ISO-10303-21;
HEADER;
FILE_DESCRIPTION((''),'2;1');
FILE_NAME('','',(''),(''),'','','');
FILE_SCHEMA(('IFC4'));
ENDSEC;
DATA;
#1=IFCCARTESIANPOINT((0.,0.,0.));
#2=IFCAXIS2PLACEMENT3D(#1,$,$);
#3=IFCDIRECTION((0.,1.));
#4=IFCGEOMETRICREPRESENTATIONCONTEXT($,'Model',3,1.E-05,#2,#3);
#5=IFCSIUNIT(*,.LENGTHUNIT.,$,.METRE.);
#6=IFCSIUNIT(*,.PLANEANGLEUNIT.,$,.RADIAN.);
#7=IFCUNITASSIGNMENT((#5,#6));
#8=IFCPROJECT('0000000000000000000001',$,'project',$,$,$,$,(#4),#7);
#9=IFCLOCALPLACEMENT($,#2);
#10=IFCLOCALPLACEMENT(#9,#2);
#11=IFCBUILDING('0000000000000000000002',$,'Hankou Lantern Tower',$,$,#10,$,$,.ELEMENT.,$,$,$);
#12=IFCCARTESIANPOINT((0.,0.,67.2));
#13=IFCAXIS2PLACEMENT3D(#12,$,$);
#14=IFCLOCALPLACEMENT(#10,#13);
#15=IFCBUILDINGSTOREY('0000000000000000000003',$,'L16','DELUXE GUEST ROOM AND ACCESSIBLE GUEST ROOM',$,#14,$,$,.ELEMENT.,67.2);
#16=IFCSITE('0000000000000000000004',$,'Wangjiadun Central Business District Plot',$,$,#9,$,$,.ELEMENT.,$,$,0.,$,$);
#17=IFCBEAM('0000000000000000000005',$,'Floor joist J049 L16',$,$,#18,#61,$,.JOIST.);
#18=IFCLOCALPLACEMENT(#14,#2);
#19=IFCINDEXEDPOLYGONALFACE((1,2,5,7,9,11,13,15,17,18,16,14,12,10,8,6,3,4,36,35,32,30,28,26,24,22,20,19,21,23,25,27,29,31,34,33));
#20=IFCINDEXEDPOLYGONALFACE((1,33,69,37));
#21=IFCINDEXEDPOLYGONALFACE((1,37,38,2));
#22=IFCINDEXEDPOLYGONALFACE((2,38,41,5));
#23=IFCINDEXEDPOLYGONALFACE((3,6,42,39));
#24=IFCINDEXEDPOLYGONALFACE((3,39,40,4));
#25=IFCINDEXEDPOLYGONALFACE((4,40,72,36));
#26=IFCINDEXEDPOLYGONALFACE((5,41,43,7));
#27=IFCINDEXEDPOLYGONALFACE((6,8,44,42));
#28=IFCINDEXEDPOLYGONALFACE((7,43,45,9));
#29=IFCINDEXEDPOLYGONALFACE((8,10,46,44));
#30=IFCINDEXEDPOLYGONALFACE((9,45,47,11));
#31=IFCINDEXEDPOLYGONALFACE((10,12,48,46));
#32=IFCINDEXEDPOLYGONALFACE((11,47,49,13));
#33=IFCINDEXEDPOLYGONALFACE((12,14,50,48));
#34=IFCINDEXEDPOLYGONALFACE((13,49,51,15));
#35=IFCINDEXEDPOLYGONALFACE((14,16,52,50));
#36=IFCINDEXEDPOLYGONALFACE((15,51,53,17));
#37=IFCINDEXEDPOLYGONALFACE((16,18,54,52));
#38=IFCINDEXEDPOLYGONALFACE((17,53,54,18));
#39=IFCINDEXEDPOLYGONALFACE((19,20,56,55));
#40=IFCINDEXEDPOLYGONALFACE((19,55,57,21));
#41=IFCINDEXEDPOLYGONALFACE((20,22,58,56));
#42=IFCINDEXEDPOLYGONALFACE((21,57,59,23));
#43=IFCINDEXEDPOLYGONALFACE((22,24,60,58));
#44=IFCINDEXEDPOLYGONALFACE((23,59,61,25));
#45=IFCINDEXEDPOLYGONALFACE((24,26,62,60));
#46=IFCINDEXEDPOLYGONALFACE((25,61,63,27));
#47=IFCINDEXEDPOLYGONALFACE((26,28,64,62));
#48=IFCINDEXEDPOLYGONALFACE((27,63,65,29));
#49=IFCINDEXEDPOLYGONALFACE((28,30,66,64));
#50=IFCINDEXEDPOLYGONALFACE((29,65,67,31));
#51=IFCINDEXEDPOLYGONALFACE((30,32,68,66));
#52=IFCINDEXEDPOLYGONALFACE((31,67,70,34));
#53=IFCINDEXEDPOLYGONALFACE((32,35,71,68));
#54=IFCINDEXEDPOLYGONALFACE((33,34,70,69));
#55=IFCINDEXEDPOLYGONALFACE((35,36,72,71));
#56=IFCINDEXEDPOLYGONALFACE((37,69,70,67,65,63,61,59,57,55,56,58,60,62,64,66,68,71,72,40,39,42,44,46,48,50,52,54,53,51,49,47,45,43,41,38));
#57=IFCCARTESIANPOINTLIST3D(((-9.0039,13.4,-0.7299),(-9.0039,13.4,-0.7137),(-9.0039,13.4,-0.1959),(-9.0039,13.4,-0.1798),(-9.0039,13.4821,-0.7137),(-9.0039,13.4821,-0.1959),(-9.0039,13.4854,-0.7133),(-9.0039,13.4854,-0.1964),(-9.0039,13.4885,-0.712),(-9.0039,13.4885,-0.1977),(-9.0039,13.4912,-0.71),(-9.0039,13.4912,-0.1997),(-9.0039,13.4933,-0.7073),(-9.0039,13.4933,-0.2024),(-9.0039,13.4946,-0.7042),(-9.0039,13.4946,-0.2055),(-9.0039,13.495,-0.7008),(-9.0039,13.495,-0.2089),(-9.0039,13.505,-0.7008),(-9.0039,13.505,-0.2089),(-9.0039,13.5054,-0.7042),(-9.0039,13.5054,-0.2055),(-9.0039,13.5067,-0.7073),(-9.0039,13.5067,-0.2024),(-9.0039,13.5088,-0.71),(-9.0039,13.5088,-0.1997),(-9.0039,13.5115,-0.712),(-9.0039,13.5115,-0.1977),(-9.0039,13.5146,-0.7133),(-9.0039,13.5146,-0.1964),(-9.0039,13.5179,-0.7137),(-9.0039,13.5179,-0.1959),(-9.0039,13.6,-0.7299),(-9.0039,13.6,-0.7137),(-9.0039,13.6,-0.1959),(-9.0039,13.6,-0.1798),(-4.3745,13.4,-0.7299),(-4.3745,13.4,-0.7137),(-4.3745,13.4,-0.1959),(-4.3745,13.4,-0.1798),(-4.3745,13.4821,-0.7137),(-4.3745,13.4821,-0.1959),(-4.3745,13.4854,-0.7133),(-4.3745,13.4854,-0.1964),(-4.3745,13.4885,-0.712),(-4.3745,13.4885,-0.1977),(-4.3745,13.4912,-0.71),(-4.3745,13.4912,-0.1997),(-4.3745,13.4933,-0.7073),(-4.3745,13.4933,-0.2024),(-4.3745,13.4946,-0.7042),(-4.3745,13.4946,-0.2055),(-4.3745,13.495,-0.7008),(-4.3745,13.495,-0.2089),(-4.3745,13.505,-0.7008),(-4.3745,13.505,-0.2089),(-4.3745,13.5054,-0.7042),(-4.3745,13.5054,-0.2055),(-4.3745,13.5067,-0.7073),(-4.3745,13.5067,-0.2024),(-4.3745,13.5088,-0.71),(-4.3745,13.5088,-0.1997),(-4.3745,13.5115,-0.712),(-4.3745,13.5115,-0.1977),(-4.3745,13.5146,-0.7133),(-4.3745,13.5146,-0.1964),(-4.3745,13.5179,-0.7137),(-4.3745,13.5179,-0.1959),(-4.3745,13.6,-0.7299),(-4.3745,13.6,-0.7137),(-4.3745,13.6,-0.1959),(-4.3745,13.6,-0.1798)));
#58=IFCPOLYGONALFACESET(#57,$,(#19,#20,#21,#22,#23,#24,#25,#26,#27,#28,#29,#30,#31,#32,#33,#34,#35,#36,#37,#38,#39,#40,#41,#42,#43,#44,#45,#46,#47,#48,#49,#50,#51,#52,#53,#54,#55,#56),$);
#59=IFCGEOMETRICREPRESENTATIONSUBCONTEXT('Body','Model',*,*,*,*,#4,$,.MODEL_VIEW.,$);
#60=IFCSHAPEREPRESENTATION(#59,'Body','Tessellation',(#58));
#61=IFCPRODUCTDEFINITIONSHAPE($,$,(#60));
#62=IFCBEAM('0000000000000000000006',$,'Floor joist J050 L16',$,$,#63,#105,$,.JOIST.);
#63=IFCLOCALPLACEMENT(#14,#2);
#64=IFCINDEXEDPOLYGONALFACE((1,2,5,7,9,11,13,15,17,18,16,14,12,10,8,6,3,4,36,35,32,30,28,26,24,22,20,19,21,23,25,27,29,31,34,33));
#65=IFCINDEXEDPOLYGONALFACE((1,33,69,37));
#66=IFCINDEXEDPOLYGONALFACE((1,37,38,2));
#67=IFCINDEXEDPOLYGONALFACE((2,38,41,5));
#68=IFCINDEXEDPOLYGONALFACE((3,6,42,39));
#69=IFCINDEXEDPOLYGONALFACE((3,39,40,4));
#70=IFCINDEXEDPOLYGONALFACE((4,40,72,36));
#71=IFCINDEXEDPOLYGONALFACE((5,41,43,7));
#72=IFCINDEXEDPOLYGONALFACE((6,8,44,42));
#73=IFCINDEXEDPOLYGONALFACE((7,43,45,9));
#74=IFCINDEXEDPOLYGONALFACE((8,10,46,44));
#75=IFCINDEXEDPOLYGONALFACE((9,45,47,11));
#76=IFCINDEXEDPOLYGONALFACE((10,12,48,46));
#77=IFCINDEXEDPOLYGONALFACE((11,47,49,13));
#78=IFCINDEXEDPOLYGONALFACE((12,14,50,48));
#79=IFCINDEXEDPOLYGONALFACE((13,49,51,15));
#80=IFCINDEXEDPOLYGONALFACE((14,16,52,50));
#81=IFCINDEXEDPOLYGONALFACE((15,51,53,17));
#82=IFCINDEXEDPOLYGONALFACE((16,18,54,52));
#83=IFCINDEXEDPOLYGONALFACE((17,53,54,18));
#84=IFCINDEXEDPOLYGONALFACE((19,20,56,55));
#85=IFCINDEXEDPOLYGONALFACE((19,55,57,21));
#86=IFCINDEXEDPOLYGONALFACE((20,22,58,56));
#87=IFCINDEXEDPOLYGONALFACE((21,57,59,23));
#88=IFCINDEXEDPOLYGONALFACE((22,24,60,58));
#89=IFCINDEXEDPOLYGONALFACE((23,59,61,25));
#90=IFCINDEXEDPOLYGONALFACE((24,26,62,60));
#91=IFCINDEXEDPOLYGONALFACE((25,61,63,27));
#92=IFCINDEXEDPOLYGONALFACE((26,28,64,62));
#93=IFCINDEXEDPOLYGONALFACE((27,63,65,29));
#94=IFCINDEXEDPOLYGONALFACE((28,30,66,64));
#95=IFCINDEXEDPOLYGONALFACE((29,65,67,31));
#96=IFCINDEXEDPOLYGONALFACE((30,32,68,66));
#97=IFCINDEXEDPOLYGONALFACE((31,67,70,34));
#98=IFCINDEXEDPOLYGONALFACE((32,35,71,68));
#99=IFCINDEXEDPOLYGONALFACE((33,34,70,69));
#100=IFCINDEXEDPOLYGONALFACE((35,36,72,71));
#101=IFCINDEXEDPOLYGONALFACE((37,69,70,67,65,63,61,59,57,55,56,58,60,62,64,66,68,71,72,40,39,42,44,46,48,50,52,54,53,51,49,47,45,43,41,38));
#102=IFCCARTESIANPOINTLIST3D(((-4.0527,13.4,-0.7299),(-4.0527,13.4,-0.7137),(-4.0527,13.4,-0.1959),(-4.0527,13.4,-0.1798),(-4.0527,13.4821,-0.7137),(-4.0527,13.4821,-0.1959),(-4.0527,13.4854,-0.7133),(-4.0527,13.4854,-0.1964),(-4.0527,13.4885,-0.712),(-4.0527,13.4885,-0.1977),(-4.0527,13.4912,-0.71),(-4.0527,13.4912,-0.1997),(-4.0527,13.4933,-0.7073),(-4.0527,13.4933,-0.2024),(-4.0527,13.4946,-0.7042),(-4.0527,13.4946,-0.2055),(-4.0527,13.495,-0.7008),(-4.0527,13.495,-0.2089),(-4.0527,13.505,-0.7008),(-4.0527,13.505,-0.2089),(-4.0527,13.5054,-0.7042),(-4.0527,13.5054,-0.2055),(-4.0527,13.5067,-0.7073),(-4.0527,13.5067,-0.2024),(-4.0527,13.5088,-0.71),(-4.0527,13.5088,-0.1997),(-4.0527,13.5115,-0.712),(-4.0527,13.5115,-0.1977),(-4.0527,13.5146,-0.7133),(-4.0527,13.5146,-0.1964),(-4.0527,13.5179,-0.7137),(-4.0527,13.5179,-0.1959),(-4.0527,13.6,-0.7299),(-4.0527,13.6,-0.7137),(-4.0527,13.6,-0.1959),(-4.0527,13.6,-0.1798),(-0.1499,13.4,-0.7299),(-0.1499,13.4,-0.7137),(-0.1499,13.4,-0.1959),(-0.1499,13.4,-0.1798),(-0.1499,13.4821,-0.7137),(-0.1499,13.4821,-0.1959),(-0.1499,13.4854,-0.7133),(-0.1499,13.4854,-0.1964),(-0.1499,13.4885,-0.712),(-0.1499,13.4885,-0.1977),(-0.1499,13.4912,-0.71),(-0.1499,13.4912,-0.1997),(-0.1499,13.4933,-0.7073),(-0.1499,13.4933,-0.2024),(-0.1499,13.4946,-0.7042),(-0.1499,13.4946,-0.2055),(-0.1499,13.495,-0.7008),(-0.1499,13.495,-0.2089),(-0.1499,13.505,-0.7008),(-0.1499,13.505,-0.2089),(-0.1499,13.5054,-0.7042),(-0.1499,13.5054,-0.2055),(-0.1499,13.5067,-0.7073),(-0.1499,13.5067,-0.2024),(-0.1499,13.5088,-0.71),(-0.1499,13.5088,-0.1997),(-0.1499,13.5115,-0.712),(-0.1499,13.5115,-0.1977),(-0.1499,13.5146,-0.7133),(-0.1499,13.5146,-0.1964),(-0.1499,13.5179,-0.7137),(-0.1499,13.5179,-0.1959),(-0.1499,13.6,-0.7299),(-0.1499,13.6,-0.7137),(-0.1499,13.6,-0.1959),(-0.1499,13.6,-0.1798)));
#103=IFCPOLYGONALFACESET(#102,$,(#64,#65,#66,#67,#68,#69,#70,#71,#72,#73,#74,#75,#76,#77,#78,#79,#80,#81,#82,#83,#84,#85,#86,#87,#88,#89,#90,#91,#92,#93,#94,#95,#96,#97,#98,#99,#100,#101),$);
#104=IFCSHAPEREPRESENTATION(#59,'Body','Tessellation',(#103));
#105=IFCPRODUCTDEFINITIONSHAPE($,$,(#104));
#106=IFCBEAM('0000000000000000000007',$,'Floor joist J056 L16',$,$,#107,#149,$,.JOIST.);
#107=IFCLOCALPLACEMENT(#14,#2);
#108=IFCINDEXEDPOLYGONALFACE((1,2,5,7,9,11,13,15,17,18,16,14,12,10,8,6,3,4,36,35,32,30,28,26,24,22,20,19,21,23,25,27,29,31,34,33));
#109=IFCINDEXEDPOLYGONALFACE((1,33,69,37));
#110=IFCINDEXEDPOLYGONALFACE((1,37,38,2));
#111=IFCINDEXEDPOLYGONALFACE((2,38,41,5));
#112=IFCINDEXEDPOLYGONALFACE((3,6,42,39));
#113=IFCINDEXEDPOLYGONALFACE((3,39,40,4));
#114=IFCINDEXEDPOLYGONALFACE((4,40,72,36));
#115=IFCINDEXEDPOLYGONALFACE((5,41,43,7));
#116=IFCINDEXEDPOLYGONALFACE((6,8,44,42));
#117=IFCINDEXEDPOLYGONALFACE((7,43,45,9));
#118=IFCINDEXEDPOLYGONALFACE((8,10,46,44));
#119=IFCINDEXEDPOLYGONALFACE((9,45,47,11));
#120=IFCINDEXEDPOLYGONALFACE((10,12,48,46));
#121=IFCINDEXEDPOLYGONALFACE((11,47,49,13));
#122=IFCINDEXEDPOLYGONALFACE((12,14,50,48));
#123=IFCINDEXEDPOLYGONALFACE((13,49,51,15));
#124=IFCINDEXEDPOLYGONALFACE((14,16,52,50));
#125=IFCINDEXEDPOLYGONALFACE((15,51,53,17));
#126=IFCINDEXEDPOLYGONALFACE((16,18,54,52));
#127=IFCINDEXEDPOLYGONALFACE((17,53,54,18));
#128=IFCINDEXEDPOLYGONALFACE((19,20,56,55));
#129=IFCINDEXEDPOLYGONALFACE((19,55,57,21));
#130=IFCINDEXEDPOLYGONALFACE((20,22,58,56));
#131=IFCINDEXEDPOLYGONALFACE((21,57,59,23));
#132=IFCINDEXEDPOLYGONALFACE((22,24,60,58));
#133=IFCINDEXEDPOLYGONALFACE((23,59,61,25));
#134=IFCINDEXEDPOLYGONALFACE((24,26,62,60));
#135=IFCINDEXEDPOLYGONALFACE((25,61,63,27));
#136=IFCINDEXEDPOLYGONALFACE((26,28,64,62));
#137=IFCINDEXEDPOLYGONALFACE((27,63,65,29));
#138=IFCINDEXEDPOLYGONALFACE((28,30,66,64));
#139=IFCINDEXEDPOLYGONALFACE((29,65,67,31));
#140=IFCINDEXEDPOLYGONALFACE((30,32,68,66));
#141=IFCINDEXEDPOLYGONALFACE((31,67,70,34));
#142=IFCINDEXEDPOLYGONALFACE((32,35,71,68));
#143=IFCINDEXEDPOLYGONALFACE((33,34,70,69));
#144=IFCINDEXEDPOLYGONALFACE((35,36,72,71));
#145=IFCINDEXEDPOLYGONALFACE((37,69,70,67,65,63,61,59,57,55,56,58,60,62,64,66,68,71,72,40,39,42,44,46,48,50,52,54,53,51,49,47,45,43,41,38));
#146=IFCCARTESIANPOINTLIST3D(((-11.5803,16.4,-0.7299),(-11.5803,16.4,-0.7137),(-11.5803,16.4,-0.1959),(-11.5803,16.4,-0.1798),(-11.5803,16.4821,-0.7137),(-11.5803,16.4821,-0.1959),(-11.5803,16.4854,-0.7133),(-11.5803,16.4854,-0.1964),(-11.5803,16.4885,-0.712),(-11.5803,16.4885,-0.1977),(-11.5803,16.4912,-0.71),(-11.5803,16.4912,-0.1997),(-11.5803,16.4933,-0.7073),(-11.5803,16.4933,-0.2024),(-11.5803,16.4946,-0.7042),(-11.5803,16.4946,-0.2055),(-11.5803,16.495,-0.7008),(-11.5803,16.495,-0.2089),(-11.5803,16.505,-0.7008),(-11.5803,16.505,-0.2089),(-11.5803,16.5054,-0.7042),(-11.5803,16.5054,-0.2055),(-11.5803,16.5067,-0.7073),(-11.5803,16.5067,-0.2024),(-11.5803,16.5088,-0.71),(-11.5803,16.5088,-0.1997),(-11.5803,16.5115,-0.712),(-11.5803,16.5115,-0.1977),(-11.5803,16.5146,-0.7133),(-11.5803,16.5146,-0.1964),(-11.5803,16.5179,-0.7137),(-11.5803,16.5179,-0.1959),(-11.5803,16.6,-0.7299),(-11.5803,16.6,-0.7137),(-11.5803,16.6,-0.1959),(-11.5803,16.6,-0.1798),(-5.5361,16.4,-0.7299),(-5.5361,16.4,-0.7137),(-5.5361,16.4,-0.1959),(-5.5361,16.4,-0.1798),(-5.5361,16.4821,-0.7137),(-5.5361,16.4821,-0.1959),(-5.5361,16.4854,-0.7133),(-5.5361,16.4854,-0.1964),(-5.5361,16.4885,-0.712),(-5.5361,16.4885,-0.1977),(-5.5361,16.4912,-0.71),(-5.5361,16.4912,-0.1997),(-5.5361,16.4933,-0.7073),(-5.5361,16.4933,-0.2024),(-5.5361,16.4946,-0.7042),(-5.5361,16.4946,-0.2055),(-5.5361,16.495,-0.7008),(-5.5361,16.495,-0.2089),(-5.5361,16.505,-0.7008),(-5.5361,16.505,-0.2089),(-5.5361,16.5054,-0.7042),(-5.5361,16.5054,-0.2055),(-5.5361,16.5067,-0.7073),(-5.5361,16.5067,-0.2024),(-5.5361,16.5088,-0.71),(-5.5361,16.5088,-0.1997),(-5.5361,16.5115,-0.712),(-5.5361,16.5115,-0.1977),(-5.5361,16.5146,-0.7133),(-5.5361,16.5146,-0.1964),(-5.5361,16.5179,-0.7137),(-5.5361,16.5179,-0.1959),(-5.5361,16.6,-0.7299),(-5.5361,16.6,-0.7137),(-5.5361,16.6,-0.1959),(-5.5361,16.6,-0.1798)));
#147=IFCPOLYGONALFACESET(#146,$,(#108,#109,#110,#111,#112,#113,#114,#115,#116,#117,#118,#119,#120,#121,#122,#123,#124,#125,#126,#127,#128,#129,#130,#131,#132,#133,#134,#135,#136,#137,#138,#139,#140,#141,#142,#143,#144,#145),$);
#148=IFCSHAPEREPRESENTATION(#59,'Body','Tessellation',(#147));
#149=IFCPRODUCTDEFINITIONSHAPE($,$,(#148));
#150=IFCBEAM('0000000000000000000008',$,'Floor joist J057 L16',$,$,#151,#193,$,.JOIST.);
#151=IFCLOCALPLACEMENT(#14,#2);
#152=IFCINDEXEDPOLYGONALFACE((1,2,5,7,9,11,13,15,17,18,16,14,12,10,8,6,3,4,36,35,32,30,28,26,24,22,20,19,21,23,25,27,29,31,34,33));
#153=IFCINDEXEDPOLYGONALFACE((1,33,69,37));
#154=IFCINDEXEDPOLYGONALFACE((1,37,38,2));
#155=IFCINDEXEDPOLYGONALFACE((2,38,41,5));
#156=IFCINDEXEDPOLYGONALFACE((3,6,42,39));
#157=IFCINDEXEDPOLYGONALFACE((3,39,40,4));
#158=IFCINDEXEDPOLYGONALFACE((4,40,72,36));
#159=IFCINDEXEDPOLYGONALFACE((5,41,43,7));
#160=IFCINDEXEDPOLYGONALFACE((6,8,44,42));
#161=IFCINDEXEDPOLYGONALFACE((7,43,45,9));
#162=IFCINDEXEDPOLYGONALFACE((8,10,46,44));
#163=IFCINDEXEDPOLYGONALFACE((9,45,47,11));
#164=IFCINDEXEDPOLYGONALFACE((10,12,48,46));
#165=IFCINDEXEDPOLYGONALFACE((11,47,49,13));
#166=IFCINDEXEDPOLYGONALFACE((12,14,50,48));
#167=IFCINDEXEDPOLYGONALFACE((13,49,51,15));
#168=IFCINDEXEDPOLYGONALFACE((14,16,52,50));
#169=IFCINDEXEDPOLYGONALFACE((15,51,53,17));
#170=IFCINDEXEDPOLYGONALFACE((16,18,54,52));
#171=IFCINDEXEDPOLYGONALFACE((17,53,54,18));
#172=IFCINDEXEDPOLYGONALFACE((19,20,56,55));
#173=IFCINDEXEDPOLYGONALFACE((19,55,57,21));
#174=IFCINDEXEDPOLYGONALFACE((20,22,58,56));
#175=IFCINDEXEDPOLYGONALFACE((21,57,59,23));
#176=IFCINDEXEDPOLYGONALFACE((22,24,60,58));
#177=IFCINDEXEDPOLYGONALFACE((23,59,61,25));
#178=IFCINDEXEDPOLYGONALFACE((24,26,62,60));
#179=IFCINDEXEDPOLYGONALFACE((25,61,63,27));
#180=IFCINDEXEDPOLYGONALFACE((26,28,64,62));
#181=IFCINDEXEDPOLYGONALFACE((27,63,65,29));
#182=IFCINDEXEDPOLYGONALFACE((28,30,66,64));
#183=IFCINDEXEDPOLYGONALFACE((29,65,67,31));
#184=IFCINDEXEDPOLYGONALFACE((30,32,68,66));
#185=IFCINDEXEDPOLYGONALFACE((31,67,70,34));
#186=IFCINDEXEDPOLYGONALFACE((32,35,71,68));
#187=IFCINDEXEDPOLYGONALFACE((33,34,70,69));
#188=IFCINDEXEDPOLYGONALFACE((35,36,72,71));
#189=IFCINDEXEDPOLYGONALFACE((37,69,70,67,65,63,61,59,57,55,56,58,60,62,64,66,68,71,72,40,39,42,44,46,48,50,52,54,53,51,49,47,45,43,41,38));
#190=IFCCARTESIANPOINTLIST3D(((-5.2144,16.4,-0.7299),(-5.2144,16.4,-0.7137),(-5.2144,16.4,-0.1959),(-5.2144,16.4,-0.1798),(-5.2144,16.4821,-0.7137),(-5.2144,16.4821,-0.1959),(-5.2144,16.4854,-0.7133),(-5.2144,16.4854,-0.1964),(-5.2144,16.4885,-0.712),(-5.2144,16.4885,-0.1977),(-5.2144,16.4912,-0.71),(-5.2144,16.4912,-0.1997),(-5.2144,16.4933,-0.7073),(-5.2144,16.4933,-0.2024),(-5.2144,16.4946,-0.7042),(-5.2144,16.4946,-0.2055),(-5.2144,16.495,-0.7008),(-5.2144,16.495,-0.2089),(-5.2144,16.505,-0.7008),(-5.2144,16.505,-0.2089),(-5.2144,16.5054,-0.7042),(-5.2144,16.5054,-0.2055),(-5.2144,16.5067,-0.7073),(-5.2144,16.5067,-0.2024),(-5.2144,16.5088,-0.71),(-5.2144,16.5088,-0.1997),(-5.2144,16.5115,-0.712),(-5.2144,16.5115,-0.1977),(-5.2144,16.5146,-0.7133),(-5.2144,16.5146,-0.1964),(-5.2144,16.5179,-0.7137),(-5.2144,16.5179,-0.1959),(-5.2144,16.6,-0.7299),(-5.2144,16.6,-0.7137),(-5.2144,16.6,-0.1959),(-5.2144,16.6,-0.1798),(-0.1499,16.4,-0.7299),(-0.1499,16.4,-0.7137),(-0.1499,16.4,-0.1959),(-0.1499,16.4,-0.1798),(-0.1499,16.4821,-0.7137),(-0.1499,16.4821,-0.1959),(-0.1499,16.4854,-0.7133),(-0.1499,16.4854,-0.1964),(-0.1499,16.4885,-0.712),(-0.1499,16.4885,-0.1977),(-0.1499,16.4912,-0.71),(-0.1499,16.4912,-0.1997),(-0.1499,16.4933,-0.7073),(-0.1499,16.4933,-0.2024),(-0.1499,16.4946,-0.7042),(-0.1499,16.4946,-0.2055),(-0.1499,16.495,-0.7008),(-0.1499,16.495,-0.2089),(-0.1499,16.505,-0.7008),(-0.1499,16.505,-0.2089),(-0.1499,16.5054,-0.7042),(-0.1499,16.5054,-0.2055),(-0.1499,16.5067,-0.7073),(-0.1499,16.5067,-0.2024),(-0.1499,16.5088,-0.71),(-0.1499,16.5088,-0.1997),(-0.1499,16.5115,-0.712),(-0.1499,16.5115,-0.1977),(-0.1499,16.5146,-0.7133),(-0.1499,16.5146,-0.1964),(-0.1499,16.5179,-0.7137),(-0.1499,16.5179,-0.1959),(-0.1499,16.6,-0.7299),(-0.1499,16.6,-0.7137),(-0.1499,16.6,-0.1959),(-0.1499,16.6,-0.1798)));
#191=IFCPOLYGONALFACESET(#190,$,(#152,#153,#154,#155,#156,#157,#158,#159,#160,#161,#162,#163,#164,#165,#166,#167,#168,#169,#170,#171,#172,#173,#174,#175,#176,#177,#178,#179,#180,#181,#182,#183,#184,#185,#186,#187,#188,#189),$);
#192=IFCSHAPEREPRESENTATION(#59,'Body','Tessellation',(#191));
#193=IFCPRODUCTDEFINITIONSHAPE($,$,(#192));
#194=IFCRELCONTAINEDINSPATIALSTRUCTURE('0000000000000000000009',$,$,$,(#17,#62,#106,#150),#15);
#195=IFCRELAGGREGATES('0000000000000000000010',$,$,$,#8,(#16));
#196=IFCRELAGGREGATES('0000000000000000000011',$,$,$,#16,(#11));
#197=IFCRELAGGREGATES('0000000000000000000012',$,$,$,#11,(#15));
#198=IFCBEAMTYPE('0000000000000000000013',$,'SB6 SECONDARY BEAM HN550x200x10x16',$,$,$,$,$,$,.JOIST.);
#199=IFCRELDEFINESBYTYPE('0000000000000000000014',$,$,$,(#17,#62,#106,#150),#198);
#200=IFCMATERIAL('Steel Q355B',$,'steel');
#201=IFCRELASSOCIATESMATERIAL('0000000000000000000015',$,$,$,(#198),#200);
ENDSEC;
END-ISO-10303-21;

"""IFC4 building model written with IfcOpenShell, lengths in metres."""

from ifc_helpers import new_model, si_unit, direction, frame, origin, origin_2d, place, context, subcontext, project, spatial, i_section, extrude, material, material_profile, profile_set, type_object, element, save


model = new_model("IFC4")

# Units and contexts
model_context = context("Model", 3, precision=1e-05, world=origin(), true_north=direction((0.0, 1.0)))
body_context = subcontext(model_context, "Body", "Model", "MODEL_VIEW")
ifc_project = project(units=[si_unit("LENGTHUNIT", "METRE"), si_unit("PLANEANGLEUNIT", "RADIAN")], contexts=[model_context])

# Site, building, storey
site_placement = place(None, origin())
site = spatial("IfcSite", under=ifc_project, at=site_placement, Name="Wangjiadun Central Business District Plot", CompositionType="ELEMENT", RefElevation=0.0)
building_placement = place(site_placement, origin())
building = spatial("IfcBuilding", under=site, at=building_placement, Name="Hankou Lantern Tower", CompositionType="ELEMENT")
storey_placement = place(building_placement, frame((0.0, 0.0, 67.2)))
storey = spatial("IfcBuildingStorey", under=building, at=storey_placement, Name="L16", Description="DELUXE GUEST ROOM AND ACCESSIBLE GUEST ROOM", CompositionType="ELEMENT", Elevation=67.2)

# Beams
ifc_material_1 = material(Name="Steel Q355B", Category="steel")
ifc_material_profile_1 = material_profile(ifc_material_1, i_section(OverallWidth=0.2, OverallDepth=0.55, WebThickness=0.01, FlangeThickness=0.0161, FilletRadius=0.0129, at=origin_2d()), Name="HN550x200x10x16")
ifc_profile_set_1 = profile_set([ifc_material_profile_1], Name="Steel Q355B")
beam_type_1 = type_object("IfcBeamType", Name="SB6 SECONDARY BEAM HN550x200x10x16", PredefinedType="JOIST", material=ifc_profile_set_1)
beam_1_placement = place(storey_placement, frame((-9.0039, 13.5, -0.4548), z_axis=(1.0, 0.0, 0.0), x_axis=(0.0, 1.0, 0.0)))
element("IfcBeam", 1, at=beam_1_placement, inside=storey, type_object=beam_type_1, Name="Floor joist J049 L16", PredefinedType="JOIST", context=body_context, shape_type="SweptSolid", body=[
    extrude(i_section(OverallWidth=0.2, OverallDepth=0.55, WebThickness=0.01, FlangeThickness=0.0161, FilletRadius=0.0129, at=origin_2d()), origin(), (0.0, 0.0, 1.0), 4.6294),
])
beam_2_placement = place(storey_placement, frame((-4.0527, 13.5, -0.4548), z_axis=(1.0, 0.0, 0.0), x_axis=(0.0, 1.0, 0.0)))
element("IfcBeam", 2, at=beam_2_placement, inside=storey, type_object=beam_type_1, Name="Floor joist J050 L16", PredefinedType="JOIST", context=body_context, shape_type="SweptSolid", body=[
    extrude(i_section(OverallWidth=0.2, OverallDepth=0.55, WebThickness=0.01, FlangeThickness=0.0161, FilletRadius=0.0129, at=origin_2d()), origin(), (0.0, 0.0, 1.0), 3.9028),
])
beam_3_placement = place(storey_placement, frame((-11.5803, 16.5, -0.4548), z_axis=(1.0, 0.0, 0.0), x_axis=(0.0, 1.0, 0.0)))
element("IfcBeam", 3, at=beam_3_placement, inside=storey, type_object=beam_type_1, Name="Floor joist J056 L16", PredefinedType="JOIST", context=body_context, shape_type="SweptSolid", body=[
    extrude(i_section(OverallWidth=0.2, OverallDepth=0.55, WebThickness=0.01, FlangeThickness=0.0161, FilletRadius=0.0129, at=origin_2d()), origin(), (0.0, 0.0, 1.0), 6.0442),
])
beam_4_placement = place(storey_placement, frame((-5.2144, 16.5, -0.4548), z_axis=(1.0, 0.0, 0.0), x_axis=(0.0, 1.0, 0.0)))
element("IfcBeam", 4, at=beam_4_placement, inside=storey, type_object=beam_type_1, Name="Floor joist J057 L16", PredefinedType="JOIST", context=body_context, shape_type="SweptSolid", body=[
    extrude(i_section(OverallWidth=0.2, OverallDepth=0.55, WebThickness=0.01, FlangeThickness=0.0161, FilletRadius=0.0129, at=origin_2d()), origin(), (0.0, 0.0, 1.0), 5.0645),
])

save(model, "model.ifc")
